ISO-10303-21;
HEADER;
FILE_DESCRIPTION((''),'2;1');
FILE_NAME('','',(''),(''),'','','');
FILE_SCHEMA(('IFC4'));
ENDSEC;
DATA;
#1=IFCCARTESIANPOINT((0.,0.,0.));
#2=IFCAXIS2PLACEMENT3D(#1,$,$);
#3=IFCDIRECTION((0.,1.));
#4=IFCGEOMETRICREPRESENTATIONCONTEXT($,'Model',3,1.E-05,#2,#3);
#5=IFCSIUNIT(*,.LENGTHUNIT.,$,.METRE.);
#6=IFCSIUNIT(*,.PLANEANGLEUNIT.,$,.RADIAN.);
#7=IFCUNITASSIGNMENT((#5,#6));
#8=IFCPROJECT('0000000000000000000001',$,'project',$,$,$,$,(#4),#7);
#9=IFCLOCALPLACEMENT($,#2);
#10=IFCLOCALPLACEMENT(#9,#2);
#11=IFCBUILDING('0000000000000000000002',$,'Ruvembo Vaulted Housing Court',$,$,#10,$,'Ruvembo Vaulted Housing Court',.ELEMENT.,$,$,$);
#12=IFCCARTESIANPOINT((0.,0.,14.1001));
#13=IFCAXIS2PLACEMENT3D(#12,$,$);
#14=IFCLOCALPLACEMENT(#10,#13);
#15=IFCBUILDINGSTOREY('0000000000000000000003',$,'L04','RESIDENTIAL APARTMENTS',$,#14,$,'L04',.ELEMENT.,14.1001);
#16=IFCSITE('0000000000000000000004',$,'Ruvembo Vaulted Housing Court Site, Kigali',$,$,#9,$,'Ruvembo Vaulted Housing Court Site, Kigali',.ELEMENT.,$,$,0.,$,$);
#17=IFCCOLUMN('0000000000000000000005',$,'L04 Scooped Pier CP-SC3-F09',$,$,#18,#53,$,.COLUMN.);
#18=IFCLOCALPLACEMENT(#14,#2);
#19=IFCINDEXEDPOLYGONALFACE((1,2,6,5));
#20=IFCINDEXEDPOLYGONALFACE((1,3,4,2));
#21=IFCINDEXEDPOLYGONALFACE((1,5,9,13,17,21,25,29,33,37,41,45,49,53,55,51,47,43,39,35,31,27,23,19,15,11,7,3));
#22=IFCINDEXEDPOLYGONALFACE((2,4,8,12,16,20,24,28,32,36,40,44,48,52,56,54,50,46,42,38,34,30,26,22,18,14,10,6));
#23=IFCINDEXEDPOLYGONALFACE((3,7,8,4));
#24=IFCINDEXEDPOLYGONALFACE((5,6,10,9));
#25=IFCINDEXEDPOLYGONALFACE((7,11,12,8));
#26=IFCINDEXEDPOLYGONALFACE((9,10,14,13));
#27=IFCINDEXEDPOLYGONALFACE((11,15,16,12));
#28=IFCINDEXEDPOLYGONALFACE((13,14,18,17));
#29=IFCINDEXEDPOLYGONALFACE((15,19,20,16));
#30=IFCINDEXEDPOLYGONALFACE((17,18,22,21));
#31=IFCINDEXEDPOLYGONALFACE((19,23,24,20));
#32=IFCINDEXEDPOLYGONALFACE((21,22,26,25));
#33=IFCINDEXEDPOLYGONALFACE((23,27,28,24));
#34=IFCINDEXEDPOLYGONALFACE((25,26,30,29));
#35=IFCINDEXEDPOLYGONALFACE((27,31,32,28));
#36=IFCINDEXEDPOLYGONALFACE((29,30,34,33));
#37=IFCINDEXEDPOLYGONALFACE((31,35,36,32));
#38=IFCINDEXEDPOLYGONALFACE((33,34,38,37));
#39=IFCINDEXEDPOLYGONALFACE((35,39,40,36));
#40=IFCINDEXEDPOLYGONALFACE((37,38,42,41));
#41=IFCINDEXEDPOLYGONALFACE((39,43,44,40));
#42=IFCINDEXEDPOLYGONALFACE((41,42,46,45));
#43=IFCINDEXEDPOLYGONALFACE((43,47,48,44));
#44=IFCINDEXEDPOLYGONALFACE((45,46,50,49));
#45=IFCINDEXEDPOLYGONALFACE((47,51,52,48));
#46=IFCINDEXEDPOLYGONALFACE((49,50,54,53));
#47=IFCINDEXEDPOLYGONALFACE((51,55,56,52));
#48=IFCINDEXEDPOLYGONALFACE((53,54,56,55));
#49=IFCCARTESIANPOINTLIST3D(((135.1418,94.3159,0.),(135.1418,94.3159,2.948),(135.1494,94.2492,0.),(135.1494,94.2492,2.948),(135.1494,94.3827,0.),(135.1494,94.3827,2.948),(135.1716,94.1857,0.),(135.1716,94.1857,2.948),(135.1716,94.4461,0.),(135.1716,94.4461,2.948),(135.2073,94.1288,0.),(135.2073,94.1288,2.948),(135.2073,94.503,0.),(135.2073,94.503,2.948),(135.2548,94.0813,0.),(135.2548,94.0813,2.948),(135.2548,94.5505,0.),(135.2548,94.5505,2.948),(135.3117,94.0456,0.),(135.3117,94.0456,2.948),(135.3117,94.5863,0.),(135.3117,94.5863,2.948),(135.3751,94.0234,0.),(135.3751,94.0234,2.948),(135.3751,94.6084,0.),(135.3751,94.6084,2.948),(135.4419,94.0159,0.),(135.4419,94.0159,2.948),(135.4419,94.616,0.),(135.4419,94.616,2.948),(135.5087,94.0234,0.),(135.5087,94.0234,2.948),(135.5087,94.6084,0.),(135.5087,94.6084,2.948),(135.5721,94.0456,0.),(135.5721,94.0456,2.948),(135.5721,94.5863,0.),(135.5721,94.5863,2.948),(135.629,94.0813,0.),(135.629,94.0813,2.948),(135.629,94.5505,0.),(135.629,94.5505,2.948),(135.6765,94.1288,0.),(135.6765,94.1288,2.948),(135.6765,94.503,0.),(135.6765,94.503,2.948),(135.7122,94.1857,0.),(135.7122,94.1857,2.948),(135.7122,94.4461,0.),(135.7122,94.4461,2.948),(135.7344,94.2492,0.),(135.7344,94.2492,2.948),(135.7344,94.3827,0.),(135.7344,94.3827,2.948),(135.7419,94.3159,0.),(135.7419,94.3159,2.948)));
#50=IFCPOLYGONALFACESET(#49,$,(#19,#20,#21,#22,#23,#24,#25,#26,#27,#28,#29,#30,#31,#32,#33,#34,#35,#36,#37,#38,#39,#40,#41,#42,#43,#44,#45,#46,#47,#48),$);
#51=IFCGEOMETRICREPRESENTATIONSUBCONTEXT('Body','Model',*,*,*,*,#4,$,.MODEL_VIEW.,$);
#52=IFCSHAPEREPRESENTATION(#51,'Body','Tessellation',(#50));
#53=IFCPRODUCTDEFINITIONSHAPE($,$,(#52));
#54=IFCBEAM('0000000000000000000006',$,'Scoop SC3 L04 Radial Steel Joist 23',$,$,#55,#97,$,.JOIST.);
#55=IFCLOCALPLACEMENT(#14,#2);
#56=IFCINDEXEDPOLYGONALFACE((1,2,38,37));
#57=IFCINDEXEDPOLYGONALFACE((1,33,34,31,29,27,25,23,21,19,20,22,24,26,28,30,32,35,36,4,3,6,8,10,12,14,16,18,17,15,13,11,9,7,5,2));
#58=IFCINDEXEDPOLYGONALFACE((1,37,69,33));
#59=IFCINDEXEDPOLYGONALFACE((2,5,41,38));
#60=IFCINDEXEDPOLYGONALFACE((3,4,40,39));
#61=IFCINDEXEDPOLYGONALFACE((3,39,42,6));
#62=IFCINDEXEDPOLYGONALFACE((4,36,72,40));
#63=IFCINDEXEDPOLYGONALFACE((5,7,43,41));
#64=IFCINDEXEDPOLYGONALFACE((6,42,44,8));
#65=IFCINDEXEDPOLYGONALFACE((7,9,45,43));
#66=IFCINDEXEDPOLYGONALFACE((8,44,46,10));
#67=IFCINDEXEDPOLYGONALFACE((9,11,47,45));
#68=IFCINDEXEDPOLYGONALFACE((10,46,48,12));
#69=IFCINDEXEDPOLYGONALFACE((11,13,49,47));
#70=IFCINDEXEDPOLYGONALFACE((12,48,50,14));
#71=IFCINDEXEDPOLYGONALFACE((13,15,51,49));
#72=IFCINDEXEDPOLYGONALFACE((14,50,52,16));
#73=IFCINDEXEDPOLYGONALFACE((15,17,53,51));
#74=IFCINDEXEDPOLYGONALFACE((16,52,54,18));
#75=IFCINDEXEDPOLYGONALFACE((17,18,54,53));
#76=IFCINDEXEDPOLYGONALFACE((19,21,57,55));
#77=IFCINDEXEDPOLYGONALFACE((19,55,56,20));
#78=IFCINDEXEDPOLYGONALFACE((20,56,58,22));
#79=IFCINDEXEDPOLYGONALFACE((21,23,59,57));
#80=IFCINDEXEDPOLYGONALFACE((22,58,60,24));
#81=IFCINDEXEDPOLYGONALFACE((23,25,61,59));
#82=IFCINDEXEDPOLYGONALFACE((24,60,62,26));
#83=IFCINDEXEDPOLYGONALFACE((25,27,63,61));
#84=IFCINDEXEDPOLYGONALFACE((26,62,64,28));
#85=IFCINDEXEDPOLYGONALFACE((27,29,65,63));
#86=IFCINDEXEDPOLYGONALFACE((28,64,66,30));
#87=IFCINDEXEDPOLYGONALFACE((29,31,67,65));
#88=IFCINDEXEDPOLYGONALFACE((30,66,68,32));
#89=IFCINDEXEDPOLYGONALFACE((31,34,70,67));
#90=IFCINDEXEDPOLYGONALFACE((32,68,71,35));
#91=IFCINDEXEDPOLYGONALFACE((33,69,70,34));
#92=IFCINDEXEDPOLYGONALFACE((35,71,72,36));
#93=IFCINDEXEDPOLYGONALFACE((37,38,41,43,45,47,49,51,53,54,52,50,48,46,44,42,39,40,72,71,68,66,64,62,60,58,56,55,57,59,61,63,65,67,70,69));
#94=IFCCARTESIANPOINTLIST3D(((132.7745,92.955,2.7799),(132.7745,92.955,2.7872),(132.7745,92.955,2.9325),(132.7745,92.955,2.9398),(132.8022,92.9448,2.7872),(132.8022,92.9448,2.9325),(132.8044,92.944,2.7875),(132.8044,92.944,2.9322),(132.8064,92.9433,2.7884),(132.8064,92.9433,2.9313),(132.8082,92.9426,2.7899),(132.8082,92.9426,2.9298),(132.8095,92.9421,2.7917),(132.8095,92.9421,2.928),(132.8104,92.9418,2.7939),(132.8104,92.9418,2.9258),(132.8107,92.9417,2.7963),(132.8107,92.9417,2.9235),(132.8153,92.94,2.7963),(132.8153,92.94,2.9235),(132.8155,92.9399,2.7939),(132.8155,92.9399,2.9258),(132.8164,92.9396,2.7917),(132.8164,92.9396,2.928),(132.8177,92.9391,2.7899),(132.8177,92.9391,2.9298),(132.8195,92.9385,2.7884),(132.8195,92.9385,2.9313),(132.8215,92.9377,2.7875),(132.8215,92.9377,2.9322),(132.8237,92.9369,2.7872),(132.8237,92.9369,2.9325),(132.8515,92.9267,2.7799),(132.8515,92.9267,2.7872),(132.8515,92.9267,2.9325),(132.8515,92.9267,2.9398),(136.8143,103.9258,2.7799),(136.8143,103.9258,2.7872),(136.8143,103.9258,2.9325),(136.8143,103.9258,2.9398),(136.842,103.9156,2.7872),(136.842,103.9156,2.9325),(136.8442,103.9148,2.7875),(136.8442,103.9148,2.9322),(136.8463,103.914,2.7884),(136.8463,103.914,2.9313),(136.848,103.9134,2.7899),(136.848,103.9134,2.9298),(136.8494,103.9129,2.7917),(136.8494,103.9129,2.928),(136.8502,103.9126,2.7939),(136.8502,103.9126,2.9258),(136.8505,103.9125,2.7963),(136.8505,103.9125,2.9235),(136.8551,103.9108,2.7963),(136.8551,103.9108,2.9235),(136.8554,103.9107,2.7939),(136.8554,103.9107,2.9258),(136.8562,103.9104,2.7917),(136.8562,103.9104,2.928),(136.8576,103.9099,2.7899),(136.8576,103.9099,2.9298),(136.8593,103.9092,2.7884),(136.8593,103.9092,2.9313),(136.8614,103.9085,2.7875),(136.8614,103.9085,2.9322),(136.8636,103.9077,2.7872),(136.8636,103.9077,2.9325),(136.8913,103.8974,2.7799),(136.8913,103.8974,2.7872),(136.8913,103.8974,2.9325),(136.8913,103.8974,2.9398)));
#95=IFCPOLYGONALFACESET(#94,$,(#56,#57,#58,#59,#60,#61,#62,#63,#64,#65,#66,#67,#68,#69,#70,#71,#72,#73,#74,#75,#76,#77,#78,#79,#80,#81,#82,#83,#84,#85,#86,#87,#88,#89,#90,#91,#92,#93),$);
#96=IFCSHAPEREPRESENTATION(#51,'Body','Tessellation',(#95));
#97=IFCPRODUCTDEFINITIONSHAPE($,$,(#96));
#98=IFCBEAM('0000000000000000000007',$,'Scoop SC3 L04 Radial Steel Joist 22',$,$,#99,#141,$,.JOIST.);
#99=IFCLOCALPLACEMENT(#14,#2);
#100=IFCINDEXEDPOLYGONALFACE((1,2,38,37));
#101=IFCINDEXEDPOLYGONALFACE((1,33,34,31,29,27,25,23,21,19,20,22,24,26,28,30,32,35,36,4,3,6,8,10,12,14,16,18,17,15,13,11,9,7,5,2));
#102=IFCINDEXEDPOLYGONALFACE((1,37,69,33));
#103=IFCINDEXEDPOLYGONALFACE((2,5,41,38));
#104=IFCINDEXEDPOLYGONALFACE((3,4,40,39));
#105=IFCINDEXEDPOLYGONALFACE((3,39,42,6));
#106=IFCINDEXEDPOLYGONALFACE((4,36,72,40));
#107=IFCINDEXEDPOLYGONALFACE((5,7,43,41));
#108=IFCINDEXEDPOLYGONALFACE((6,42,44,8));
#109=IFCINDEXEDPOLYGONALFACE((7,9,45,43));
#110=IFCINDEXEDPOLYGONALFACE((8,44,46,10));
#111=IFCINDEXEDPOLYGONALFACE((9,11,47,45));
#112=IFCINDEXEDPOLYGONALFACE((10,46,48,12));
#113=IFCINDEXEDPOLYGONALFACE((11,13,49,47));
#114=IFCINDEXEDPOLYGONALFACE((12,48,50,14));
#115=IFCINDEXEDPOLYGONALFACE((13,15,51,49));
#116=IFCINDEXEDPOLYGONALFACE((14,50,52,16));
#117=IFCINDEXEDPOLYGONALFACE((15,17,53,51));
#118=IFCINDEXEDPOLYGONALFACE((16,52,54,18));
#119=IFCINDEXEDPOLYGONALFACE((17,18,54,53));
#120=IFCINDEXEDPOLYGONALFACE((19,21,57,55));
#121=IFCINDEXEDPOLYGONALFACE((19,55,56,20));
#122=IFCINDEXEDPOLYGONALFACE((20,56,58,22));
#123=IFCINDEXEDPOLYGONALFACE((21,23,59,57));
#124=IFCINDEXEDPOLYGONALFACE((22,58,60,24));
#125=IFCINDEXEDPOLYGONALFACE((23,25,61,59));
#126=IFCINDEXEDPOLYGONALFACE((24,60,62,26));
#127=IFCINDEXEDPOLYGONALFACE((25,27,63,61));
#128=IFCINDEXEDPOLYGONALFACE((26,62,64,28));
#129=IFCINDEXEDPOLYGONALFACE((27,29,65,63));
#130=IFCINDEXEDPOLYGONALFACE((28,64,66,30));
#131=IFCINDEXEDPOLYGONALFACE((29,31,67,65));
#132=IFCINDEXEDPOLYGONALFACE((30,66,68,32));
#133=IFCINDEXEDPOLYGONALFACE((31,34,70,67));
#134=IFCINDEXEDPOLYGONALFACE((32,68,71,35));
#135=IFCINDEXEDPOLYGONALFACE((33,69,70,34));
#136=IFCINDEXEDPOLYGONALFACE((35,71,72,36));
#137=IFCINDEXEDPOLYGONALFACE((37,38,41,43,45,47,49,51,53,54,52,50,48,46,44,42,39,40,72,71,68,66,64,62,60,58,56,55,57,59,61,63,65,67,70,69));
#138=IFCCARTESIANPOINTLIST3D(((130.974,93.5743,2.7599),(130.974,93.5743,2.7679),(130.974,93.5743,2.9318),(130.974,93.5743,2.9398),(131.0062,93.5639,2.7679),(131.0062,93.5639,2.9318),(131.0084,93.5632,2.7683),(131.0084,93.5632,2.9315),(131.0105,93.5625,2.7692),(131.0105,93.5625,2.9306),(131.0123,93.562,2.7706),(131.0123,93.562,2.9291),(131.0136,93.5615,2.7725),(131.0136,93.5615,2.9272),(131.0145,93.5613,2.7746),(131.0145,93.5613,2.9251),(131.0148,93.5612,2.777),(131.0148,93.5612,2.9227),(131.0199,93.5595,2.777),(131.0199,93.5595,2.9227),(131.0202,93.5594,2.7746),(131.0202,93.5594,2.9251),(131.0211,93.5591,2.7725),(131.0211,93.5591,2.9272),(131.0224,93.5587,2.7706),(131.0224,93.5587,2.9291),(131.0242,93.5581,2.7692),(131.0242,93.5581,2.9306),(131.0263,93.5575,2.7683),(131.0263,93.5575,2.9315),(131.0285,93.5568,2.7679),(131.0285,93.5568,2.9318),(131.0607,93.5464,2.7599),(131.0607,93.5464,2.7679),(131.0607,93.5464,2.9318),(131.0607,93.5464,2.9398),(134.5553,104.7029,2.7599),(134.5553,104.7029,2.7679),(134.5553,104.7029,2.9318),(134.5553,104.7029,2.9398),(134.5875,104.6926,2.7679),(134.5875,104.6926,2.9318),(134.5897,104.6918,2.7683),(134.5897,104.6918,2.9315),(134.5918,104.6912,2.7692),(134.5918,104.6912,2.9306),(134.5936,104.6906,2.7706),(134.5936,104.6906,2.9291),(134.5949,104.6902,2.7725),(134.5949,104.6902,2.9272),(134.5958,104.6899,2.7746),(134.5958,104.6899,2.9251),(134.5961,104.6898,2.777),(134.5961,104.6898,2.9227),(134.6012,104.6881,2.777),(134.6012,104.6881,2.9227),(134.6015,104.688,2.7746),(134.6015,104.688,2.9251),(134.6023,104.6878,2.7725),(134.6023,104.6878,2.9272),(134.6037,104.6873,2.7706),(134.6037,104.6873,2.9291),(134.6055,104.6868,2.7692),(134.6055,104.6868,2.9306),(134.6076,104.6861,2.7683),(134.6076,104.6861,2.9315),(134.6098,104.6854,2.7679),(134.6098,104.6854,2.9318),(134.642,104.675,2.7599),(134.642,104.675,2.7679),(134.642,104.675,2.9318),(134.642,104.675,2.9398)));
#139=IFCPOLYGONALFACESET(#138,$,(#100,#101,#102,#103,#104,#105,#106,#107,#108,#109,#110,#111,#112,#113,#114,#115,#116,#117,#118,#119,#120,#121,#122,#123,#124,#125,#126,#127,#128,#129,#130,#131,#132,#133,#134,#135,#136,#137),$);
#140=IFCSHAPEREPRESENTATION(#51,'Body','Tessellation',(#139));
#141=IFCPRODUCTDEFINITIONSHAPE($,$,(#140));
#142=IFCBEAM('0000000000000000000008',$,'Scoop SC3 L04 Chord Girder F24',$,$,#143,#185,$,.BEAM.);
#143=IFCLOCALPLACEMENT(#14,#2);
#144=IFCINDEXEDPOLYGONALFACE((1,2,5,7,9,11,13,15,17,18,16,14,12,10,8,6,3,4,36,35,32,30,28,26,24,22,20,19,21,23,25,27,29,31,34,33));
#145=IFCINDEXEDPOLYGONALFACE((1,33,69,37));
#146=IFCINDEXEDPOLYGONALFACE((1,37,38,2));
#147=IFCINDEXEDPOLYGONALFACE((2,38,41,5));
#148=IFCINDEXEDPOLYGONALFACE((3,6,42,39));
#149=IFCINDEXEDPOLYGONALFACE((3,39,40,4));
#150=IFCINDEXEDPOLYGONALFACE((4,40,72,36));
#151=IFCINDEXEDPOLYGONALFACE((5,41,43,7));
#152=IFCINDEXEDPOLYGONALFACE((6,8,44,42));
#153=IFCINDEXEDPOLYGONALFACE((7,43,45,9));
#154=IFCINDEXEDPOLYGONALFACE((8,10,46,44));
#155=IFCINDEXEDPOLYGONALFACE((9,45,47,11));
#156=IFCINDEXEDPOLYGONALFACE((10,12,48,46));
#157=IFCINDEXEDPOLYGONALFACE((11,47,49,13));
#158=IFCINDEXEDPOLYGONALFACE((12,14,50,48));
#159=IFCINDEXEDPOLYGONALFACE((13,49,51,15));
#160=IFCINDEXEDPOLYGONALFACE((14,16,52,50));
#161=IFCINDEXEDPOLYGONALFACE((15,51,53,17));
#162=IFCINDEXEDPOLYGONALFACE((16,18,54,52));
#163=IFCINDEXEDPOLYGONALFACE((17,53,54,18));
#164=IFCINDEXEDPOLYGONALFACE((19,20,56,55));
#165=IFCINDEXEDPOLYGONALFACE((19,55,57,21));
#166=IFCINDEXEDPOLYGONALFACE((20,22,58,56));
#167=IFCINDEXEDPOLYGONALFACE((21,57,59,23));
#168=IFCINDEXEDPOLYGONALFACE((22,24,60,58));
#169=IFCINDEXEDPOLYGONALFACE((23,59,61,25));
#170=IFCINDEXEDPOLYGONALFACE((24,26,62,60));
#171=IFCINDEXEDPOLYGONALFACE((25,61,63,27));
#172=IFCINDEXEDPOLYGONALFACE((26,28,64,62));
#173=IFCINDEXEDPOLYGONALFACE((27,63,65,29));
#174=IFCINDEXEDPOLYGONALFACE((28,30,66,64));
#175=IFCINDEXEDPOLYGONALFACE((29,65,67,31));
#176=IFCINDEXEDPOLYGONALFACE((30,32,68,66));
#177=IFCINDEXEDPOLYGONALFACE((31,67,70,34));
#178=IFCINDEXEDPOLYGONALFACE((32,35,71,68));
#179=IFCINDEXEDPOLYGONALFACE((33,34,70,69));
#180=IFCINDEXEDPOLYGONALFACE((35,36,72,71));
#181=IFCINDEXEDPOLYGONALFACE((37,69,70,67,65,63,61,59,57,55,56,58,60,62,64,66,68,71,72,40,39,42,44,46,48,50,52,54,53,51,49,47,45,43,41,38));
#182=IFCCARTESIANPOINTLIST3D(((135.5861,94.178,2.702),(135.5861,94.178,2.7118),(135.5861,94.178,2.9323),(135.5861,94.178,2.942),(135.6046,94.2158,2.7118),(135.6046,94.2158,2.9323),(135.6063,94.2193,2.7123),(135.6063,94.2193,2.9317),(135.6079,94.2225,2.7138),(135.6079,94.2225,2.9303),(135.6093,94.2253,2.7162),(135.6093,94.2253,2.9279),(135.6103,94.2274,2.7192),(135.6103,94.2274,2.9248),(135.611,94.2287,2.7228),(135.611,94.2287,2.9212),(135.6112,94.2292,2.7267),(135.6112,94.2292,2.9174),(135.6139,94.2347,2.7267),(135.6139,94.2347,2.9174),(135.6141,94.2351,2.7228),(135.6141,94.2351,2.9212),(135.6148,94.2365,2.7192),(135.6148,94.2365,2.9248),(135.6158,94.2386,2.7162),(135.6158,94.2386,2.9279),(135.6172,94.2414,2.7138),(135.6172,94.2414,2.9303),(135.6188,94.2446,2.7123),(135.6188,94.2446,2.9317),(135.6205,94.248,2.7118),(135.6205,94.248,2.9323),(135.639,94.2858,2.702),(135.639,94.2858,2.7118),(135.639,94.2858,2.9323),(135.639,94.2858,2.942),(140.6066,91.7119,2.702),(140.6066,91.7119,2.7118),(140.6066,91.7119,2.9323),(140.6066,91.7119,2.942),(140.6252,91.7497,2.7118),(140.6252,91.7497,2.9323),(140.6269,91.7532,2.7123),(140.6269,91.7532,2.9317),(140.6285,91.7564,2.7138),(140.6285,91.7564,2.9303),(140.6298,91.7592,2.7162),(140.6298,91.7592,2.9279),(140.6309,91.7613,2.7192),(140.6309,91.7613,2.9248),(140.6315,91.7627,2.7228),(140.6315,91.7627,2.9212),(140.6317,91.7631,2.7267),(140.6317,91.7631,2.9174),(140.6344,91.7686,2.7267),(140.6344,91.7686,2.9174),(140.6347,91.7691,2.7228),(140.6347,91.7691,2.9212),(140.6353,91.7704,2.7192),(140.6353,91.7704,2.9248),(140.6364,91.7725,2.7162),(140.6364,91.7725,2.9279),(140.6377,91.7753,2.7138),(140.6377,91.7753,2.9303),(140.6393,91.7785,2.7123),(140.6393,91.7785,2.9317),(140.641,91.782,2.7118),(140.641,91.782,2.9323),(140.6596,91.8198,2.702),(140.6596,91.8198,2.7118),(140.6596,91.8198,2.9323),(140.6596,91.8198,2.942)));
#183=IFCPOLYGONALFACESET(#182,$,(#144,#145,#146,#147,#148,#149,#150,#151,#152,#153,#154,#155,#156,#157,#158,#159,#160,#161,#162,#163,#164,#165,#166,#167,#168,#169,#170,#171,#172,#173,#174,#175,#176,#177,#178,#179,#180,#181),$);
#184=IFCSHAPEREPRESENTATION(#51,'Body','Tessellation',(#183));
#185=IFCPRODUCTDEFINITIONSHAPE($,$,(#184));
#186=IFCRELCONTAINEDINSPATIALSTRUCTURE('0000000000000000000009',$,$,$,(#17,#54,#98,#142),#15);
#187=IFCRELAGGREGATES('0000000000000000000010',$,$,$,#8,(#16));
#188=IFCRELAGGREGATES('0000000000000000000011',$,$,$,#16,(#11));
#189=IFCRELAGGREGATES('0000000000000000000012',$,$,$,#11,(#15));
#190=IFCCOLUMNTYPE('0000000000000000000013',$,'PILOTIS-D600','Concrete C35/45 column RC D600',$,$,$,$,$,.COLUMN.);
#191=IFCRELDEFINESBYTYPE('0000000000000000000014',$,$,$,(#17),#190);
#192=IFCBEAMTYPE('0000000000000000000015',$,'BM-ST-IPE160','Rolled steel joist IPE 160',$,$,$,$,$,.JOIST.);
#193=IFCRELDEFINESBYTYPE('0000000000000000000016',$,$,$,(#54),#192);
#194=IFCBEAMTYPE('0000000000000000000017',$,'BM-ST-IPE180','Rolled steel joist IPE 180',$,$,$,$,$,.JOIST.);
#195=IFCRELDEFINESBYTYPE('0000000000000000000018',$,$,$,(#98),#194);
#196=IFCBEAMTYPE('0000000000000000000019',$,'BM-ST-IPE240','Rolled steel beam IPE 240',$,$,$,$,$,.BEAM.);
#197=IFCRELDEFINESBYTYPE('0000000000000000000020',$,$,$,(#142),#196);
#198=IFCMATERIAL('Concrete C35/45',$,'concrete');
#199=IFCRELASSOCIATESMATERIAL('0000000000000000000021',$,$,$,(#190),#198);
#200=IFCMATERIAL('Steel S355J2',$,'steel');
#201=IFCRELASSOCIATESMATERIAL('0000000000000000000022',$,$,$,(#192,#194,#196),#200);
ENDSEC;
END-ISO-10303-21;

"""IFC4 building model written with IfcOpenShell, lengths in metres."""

from ifc_helpers import new_model, si_unit, direction, frame, origin, origin_2d, place, context, subcontext, project, spatial, circle, i_section, extrude, material, material_profile, profile_set, type_object, element, save


model = new_model("IFC4")

# Units and contexts
model_context = context("Model", 3, precision=1e-05, world=origin(), true_north=direction((0.0, 1.0)))
body_context = subcontext(model_context, "Body", "Model", "MODEL_VIEW")
ifc_project = project(units=[si_unit("LENGTHUNIT", "METRE"), si_unit("PLANEANGLEUNIT", "RADIAN")], contexts=[model_context])

# Site, building, storey
site_placement = place(None, origin())
site = spatial("IfcSite", under=ifc_project, at=site_placement, Name="Ruvembo Vaulted Housing Court Site, Kigali", LongName="Ruvembo Vaulted Housing Court Site, Kigali", CompositionType="ELEMENT", RefElevation=0.0)
building_placement = place(site_placement, origin())
building = spatial("IfcBuilding", under=site, at=building_placement, Name="Ruvembo Vaulted Housing Court", LongName="Ruvembo Vaulted Housing Court", CompositionType="ELEMENT")
storey_placement = place(building_placement, frame((0.0, 0.0, 14.1001)))
storey = spatial("IfcBuildingStorey", under=building, at=storey_placement, Name="L04", Description="RESIDENTIAL APARTMENTS", LongName="L04", CompositionType="ELEMENT", Elevation=14.1001)

# Column
ifc_material_1 = material(Name="Concrete C35/45", Category="concrete")
ifc_material_profile_1 = material_profile(ifc_material_1, circle(Radius=0.3, at=origin_2d()), Name="RC D600")
ifc_profile_set_1 = profile_set([ifc_material_profile_1], Name="Concrete C35/45")
column_type = type_object("IfcColumnType", Name="PILOTIS-D600", Description="Concrete C35/45 column RC D600", PredefinedType="COLUMN", material=ifc_profile_set_1)
column_placement = place(storey_placement, frame((135.4419, 94.3159, 0.0), z_axis=(0.0, 0.0, 1.0), x_axis=(1.0, 0.0, 0.0)))
element("IfcColumn", 1, at=column_placement, inside=storey, type_object=column_type, Name="L04 Scooped Pier CP-SC3-F09", PredefinedType="COLUMN", context=body_context, shape_type="SweptSolid", body=[
    extrude(circle(Radius=0.3, at=origin_2d()), origin(), (0.0, 0.0, 1.0), 2.948),
])

# Beams
ifc_material_2 = material(Name="Steel S355J2", Category="steel")
ifc_material_profile_2 = material_profile(ifc_material_2, i_section(OverallWidth=0.082, OverallDepth=0.1599, WebThickness=0.0049, FlangeThickness=0.0073, FilletRadius=0.009, at=origin_2d()), Name="IPE 160")
ifc_profile_set_2 = profile_set([ifc_material_profile_2], Name="Steel S355J2")
beam_type_1 = type_object("IfcBeamType", Name="BM-ST-IPE160", Description="Rolled steel joist IPE 160", PredefinedType="JOIST", material=ifc_profile_set_2)
beam_1_placement = place(storey_placement, frame((136.8528, 103.9116, 2.8599), z_axis=(-0.345551, -0.9384, 0.0), x_axis=(0.9384, -0.345551, 0.0)))
element("IfcBeam", 2, at=beam_1_placement, inside=storey, type_object=beam_type_1, Name="Scoop SC3 L04 Radial Steel Joist 23", PredefinedType="JOIST", context=body_context, shape_type="SweptSolid", body=[
    extrude(i_section(OverallWidth=0.082, OverallDepth=0.1599, WebThickness=0.0049, FlangeThickness=0.0073, FilletRadius=0.009, at=origin_2d()), origin(), (0.0, 0.0, 1.0), 11.6909),
])
ifc_material_profile_3 = material_profile(ifc_material_2, i_section(OverallWidth=0.0911, OverallDepth=0.1799, WebThickness=0.0054, FlangeThickness=0.0081, FilletRadius=0.009, at=origin_2d()), Name="IPE 180")
ifc_profile_set_3 = profile_set([ifc_material_profile_3], Name="Steel S355J2")
beam_type_2 = type_object("IfcBeamType", Name="BM-ST-IPE180", Description="Rolled steel joist IPE 180", PredefinedType="JOIST", material=ifc_profile_set_3)
beam_2_placement = place(storey_placement, frame((134.5986, 104.689, 2.8499), z_axis=(-0.306337, -0.951923, 0.0), x_axis=(0.951923, -0.306337, 0.0)))
element("IfcBeam", 3, at=beam_2_placement, inside=storey, type_object=beam_type_2, Name="Scoop SC3 L04 Radial Steel Joist 22", PredefinedType="JOIST", context=body_context, shape_type="SweptSolid", body=[
    extrude(i_section(OverallWidth=0.0911, OverallDepth=0.1799, WebThickness=0.0054, FlangeThickness=0.0081, FilletRadius=0.009, at=origin_2d()), origin(), (0.0, 0.0, 1.0), 11.6907),
])
ifc_material_profile_4 = material_profile(ifc_material_2, i_section(OverallWidth=0.1201, OverallDepth=0.24, WebThickness=0.0061, FlangeThickness=0.0098, FilletRadius=0.0149, at=origin_2d()), Name="IPE 240")
ifc_profile_set_4 = profile_set([ifc_material_profile_4], Name="Steel S355J2")
beam_type_3 = type_object("IfcBeamType", Name="BM-ST-IPE240", Description="Rolled steel beam IPE 240", PredefinedType="BEAM", material=ifc_profile_set_4)
beam_3_placement = place(storey_placement, frame((135.6125, 94.2319, 2.822), z_axis=(0.897565, -0.440882, 0.0), x_axis=(0.440882, 0.897565, 0.0)))
element("IfcBeam", 4, at=beam_3_placement, inside=storey, type_object=beam_type_3, Name="Scoop SC3 L04 Chord Girder F24", PredefinedType="BEAM", context=body_context, shape_type="SweptSolid", body=[
    extrude(i_section(OverallWidth=0.1201, OverallDepth=0.24, WebThickness=0.0061, FlangeThickness=0.0098, FilletRadius=0.0149, at=origin_2d()), origin(), (0.0, 0.0, 1.0), 5.5935),
])

save(model, "model.ifc")
